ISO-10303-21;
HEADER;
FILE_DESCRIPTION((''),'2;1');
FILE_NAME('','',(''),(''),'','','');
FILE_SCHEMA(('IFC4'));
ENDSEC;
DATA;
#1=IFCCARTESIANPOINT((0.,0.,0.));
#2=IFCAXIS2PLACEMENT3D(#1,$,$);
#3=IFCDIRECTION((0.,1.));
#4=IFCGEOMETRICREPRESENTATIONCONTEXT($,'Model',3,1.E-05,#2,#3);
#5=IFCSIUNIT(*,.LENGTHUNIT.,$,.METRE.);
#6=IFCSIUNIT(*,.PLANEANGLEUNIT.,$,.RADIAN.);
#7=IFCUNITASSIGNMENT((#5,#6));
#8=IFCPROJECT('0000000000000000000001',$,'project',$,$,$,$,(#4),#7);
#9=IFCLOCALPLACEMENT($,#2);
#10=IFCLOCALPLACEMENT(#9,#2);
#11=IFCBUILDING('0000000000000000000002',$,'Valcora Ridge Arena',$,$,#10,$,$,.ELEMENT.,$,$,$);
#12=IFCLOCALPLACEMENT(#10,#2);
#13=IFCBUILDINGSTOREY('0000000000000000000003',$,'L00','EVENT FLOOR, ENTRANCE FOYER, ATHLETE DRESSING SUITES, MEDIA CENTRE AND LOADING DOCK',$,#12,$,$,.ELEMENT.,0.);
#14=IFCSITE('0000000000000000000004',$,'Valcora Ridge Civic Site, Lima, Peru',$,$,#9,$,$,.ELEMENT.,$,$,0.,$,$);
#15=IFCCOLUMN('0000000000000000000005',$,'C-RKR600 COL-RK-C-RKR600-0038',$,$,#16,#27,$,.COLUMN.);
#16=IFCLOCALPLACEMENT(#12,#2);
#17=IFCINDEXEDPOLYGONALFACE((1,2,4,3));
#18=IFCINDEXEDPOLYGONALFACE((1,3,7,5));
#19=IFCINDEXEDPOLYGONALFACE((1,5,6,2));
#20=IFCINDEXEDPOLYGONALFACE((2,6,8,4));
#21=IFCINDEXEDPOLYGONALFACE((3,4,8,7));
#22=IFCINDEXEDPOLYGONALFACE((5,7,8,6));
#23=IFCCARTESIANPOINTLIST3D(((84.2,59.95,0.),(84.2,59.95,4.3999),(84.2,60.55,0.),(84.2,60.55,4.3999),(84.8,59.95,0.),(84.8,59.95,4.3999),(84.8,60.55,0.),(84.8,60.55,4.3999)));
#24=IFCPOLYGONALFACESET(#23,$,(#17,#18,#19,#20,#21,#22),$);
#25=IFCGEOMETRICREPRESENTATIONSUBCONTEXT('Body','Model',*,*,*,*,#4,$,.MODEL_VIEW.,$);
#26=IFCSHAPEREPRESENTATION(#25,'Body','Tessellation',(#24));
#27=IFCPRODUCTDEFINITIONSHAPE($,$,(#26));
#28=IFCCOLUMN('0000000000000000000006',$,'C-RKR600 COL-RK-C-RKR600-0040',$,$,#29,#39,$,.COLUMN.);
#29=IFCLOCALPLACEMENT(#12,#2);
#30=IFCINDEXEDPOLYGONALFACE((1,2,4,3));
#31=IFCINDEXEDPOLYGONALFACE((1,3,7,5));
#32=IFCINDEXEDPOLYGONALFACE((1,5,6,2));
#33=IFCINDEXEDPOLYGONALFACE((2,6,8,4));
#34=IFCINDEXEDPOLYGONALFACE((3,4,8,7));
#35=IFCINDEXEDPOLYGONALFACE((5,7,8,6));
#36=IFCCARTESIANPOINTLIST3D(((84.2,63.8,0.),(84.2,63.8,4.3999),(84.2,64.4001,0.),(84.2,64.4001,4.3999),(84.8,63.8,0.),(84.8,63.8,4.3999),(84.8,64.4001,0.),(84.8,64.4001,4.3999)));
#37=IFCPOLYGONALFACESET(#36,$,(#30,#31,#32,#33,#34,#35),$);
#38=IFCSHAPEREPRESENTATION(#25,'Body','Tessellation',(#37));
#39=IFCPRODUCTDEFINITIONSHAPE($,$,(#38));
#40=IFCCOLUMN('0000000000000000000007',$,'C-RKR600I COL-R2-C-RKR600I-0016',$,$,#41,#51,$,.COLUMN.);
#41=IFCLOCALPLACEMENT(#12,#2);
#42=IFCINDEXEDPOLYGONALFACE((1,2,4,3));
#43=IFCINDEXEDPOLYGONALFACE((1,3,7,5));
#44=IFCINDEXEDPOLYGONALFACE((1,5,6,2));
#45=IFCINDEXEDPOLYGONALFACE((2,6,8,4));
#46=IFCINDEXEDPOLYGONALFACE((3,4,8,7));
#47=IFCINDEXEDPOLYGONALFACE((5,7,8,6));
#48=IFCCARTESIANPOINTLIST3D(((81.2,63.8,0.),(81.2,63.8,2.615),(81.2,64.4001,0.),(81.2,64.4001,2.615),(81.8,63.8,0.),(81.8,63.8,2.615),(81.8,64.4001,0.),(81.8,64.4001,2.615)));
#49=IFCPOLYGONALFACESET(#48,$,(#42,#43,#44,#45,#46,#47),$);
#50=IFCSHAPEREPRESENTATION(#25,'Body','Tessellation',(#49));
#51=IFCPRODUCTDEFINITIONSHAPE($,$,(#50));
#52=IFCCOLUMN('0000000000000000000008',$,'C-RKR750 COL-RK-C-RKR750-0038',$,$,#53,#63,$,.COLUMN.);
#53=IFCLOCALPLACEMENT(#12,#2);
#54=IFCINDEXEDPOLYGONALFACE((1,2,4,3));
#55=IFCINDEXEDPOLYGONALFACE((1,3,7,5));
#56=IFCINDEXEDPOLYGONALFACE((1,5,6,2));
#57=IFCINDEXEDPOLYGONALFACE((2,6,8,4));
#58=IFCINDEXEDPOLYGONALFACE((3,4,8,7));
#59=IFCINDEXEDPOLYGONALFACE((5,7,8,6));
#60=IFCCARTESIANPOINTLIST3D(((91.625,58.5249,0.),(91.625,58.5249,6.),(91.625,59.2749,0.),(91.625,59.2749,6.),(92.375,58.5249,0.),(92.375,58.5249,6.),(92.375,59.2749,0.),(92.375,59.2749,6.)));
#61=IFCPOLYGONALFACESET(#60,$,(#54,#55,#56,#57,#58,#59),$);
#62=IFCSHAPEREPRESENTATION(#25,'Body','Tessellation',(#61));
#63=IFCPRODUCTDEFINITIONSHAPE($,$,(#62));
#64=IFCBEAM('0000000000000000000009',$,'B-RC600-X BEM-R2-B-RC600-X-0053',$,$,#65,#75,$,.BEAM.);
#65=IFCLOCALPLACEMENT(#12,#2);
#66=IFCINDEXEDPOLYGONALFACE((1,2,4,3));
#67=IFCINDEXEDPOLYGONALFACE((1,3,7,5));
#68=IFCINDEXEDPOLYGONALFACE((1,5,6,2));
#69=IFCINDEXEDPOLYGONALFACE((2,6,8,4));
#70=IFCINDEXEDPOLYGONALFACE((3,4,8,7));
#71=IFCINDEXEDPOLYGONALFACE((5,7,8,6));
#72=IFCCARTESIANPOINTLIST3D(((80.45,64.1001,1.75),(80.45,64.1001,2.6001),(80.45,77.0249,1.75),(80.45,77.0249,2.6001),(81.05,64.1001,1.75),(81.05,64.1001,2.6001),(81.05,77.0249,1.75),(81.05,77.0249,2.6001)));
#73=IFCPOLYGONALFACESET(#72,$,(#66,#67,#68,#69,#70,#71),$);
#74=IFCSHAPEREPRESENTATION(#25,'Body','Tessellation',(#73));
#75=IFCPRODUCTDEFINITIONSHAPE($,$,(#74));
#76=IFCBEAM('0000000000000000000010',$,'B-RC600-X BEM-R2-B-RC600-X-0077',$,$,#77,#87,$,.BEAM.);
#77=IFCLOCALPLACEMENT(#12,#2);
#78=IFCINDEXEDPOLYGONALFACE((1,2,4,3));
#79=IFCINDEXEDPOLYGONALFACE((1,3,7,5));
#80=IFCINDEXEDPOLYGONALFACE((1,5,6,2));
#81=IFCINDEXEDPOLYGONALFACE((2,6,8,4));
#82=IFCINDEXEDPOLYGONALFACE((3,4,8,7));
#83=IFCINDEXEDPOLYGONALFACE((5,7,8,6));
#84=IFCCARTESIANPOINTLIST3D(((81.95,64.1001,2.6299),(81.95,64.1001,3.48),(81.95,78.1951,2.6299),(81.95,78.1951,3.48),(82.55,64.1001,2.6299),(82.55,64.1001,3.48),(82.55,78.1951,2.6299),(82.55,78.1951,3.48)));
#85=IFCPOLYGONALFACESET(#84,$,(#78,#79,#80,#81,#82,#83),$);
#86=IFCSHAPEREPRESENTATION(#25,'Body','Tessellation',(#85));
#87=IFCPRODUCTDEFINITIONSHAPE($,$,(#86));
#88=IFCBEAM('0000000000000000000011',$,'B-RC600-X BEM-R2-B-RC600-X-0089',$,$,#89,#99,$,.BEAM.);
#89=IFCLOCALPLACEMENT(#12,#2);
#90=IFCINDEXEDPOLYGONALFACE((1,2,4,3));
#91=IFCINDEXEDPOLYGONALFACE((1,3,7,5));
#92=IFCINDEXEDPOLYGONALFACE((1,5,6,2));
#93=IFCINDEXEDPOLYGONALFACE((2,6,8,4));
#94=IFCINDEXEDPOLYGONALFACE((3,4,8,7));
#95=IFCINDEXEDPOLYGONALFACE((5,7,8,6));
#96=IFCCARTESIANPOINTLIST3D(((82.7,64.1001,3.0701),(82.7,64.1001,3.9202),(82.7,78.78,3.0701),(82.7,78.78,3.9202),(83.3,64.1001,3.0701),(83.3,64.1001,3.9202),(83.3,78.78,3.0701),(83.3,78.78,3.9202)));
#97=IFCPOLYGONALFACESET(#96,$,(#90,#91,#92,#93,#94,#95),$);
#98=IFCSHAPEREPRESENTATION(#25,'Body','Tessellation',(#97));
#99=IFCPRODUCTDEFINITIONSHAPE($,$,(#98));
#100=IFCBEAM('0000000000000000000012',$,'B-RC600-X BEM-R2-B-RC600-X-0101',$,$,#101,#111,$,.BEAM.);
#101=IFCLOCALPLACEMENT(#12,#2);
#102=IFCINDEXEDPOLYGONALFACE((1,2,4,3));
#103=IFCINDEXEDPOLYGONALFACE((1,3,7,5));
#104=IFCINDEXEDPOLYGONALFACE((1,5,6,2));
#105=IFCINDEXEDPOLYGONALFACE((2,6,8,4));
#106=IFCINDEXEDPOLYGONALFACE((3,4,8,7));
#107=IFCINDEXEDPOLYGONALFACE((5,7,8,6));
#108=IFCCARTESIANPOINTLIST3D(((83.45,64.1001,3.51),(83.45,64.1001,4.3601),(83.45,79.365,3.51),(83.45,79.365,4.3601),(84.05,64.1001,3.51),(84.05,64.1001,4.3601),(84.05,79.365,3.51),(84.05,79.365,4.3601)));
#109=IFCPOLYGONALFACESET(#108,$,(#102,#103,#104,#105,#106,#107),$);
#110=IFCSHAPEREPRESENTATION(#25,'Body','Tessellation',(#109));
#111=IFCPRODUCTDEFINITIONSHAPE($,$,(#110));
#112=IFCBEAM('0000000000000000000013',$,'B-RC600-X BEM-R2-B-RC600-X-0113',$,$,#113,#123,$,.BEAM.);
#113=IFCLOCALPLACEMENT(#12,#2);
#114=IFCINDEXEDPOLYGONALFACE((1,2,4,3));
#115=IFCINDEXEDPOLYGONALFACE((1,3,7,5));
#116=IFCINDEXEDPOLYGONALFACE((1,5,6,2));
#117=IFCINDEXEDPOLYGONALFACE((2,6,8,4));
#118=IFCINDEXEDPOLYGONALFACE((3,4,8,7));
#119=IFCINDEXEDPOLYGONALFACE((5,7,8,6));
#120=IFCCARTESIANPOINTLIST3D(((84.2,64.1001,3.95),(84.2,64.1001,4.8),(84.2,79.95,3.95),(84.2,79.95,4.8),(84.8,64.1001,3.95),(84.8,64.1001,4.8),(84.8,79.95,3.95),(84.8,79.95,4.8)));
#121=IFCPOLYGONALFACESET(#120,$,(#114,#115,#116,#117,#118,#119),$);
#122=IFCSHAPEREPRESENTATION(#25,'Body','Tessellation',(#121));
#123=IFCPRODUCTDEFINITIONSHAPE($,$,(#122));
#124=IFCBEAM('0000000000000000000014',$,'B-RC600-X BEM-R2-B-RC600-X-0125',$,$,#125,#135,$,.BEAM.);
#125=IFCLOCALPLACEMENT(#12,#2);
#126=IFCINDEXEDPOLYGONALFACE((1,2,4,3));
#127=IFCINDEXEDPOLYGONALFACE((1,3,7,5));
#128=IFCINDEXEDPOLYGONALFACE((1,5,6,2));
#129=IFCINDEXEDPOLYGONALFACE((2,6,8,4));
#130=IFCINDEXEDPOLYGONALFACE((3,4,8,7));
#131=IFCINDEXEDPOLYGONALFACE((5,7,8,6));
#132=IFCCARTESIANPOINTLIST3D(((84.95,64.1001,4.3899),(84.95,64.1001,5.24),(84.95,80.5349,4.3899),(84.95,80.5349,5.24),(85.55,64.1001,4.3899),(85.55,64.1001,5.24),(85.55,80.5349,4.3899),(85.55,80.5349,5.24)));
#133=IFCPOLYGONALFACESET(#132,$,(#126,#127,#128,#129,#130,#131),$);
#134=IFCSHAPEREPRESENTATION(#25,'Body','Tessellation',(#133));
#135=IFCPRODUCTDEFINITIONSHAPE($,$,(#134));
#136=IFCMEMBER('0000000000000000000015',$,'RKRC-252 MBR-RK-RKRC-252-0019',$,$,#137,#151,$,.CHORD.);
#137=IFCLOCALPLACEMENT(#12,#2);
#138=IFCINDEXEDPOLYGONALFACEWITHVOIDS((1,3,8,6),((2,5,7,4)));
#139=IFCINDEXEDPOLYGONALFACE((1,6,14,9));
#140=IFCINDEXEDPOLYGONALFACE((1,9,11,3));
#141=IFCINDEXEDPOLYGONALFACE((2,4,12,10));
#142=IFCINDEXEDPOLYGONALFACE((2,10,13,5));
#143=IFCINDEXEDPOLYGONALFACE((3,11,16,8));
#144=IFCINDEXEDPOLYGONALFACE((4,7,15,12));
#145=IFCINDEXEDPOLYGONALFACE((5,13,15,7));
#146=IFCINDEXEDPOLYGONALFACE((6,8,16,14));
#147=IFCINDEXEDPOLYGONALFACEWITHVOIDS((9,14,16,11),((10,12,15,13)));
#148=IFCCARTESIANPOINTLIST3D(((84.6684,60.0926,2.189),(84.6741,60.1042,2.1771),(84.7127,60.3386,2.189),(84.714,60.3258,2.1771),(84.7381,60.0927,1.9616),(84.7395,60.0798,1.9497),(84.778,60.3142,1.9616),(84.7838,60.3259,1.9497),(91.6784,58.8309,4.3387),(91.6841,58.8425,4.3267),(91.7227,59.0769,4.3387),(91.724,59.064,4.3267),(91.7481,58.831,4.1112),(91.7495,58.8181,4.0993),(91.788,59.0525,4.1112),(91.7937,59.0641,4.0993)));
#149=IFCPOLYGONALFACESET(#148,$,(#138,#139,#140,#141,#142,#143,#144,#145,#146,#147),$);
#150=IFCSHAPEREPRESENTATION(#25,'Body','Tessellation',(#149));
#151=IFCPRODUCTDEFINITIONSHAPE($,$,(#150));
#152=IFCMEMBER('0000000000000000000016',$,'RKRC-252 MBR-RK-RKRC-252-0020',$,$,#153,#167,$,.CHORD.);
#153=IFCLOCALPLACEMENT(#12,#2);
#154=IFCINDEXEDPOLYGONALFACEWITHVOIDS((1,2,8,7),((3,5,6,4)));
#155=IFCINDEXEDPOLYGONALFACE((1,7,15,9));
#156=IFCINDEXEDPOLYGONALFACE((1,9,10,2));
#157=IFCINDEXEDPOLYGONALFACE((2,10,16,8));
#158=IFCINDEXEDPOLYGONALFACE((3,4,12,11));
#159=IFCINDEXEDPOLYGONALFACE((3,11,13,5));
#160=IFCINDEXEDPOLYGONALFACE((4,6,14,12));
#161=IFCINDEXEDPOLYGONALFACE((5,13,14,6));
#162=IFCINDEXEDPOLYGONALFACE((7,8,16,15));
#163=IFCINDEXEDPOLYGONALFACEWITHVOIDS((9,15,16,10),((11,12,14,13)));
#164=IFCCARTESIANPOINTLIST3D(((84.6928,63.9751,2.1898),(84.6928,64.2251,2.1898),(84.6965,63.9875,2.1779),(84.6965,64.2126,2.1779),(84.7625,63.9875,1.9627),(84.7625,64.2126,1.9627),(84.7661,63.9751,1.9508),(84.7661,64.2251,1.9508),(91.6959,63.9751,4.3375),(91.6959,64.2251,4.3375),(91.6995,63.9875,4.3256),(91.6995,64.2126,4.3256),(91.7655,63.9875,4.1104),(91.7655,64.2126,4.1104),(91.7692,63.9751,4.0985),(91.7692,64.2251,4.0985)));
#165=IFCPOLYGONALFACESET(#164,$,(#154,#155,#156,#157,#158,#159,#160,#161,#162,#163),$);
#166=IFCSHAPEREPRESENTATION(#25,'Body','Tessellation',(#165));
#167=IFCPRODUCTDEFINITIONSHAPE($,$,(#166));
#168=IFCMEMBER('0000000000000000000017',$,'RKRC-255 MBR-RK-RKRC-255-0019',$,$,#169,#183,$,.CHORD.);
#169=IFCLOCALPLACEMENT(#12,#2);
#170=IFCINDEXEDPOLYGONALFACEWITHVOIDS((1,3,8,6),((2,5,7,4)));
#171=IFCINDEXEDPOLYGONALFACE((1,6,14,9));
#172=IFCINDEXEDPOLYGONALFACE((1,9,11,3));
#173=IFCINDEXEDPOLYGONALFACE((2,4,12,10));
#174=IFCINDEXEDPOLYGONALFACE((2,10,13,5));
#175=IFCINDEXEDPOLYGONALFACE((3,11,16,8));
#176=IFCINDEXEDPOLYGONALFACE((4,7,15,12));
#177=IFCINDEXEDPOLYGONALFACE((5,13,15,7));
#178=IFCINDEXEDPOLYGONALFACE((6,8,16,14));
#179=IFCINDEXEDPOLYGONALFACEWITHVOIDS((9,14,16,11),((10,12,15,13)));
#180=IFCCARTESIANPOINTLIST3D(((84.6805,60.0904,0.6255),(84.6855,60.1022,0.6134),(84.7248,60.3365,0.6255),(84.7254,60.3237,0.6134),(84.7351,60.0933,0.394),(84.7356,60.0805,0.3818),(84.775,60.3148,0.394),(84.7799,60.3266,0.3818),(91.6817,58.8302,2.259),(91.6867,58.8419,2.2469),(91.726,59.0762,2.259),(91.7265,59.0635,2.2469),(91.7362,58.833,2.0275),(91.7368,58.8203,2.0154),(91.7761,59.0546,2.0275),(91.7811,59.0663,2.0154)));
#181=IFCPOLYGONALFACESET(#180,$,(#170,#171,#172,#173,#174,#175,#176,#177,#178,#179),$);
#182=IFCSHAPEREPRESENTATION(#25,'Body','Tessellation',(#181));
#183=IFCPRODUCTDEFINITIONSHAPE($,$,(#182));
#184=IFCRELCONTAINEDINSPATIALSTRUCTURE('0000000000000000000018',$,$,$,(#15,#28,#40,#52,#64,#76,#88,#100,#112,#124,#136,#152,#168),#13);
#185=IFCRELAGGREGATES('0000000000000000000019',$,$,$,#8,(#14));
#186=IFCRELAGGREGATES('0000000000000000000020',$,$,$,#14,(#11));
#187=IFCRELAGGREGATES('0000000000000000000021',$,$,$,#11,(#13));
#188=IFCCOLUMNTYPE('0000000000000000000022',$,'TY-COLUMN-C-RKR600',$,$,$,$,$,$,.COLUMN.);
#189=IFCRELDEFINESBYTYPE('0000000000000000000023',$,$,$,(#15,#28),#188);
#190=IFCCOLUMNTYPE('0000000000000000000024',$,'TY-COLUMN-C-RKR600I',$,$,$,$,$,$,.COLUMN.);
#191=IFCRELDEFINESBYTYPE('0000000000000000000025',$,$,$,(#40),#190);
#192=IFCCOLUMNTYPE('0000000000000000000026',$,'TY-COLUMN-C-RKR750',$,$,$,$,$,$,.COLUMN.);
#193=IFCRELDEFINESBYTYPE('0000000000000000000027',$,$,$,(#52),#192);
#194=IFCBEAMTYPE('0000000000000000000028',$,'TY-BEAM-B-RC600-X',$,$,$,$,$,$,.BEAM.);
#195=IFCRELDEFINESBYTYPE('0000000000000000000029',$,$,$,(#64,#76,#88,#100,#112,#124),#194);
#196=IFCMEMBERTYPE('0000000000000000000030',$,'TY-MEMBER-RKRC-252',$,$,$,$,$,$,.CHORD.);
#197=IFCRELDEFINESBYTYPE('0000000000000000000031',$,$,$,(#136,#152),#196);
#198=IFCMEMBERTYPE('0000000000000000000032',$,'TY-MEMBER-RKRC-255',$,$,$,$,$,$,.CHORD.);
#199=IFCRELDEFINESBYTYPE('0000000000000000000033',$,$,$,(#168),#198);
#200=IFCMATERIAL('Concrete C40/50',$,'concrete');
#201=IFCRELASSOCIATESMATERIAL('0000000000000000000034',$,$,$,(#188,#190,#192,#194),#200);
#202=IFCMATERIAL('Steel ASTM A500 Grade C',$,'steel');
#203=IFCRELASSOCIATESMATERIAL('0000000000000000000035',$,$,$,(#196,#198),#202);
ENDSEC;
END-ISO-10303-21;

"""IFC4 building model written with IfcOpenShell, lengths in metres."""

from ifc_helpers import new_model, si_unit, direction, frame, origin, origin_2d, place, context, subcontext, project, spatial, rectangle, hollow_rectangle, extrude, material, material_profile, profile_set, type_object, element, save


model = new_model("IFC4")

# Units and contexts
model_context = context("Model", 3, precision=1e-05, world=origin(), true_north=direction((0.0, 1.0)))
body_context = subcontext(model_context, "Body", "Model", "MODEL_VIEW")
ifc_project = project(units=[si_unit("LENGTHUNIT", "METRE"), si_unit("PLANEANGLEUNIT", "RADIAN")], contexts=[model_context])

# Site, building, storey
site_placement = place(None, origin())
site = spatial("IfcSite", under=ifc_project, at=site_placement, Name="Valcora Ridge Civic Site, Lima, Peru", CompositionType="ELEMENT", RefElevation=0.0)
building_placement = place(site_placement, origin())
building = spatial("IfcBuilding", under=site, at=building_placement, Name="Valcora Ridge Arena", CompositionType="ELEMENT")
storey_placement = place(building_placement, origin())
storey = spatial("IfcBuildingStorey", under=building, at=storey_placement, Name="L00", Description="EVENT FLOOR, ENTRANCE FOYER, ATHLETE DRESSING SUITES, MEDIA CENTRE AND LOADING DOCK", CompositionType="ELEMENT", Elevation=0.0)

# Columns
ifc_material_1 = material(Name="Concrete C40/50", Category="concrete")
ifc_material_profile_1 = material_profile(ifc_material_1, rectangle(XDim=0.6001, YDim=0.6001, at=origin_2d()), Name="RC 600x600")
ifc_profile_set_1 = profile_set([ifc_material_profile_1], Name="Concrete C40/50")
column_type_1 = type_object("IfcColumnType", Name="TY-COLUMN-C-RKR600", PredefinedType="COLUMN", material=ifc_profile_set_1)
for number, where, z_axis, x_axis, name in (
    (1, (84.5, 60.25, 0.0), (0.0, 0.0, 1.0), (1.0, 0.0, 0.0), "C-RKR600 COL-RK-C-RKR600-0038"),
    (2, (84.5, 64.1001, 0.0), (0.0, 0.0, 1.0), (1.0, 0.0, 0.0), "C-RKR600 COL-RK-C-RKR600-0040"),
):
    element("IfcColumn", number, at=place(storey_placement, frame(where, z_axis=z_axis, x_axis=x_axis)), inside=storey, type_object=column_type_1, Name=name, PredefinedType="COLUMN", context=body_context, shape_type="SweptSolid", body=[
        extrude(rectangle(XDim=0.6001, YDim=0.6001, at=origin_2d()), origin(), (0.0, 0.0, 1.0), 4.3999),
    ])
ifc_material_profile_2 = material_profile(ifc_material_1, rectangle(XDim=0.6001, YDim=0.6001, at=origin_2d()), Name="RC 600x600")
ifc_profile_set_2 = profile_set([ifc_material_profile_2], Name="Concrete C40/50")
column_type_2 = type_object("IfcColumnType", Name="TY-COLUMN-C-RKR600I", PredefinedType="COLUMN", material=ifc_profile_set_2)
column_1_placement = place(storey_placement, frame((81.5, 64.1001, 0.0), z_axis=(0.0, 0.0, 1.0), x_axis=(1.0, 0.0, 0.0)))
element("IfcColumn", 3, at=column_1_placement, inside=storey, type_object=column_type_2, Name="C-RKR600I COL-R2-C-RKR600I-0016", PredefinedType="COLUMN", context=body_context, shape_type="SweptSolid", body=[
    extrude(rectangle(XDim=0.6001, YDim=0.6001, at=origin_2d()), origin(), (0.0, 0.0, 1.0), 2.615),
])
ifc_material_profile_3 = material_profile(ifc_material_1, rectangle(XDim=0.75, YDim=0.75, at=origin_2d()), Name="RC 750x750")
ifc_profile_set_3 = profile_set([ifc_material_profile_3], Name="Concrete C40/50")
column_type_3 = type_object("IfcColumnType", Name="TY-COLUMN-C-RKR750", PredefinedType="COLUMN", material=ifc_profile_set_3)
column_2_placement = place(storey_placement, frame((92.0, 58.8999, 0.0), z_axis=(0.0, 0.0, 1.0), x_axis=(1.0, 0.0, 0.0)))
element("IfcColumn", 4, at=column_2_placement, inside=storey, type_object=column_type_3, Name="C-RKR750 COL-RK-C-RKR750-0038", PredefinedType="COLUMN", context=body_context, shape_type="SweptSolid", body=[
    extrude(rectangle(XDim=0.75, YDim=0.75, at=origin_2d()), origin(), (0.0, 0.0, 1.0), 6.0),
])

# Beams
ifc_material_profile_4 = material_profile(ifc_material_1, rectangle(XDim=0.6001, YDim=0.8501, at=origin_2d()), Name="RC 600x850")
ifc_profile_set_4 = profile_set([ifc_material_profile_4], Name="Concrete C40/50")
beam_type = type_object("IfcBeamType", Name="TY-BEAM-B-RC600-X", PredefinedType="BEAM", material=ifc_profile_set_4)
beam_1_placement = place(storey_placement, frame((80.75, 64.1001, 2.175), z_axis=(0.0, 1.0, 0.0), x_axis=(-1.0, 0.0, 0.0)))
element("IfcBeam", 5, at=beam_1_placement, inside=storey, type_object=beam_type, Name="B-RC600-X BEM-R2-B-RC600-X-0053", PredefinedType="BEAM", context=body_context, shape_type="SweptSolid", body=[
    extrude(rectangle(XDim=0.6001, YDim=0.8501, at=origin_2d()), origin(), (0.0, 0.0, 1.0), 12.9248),
])
beam_2_placement = place(storey_placement, frame((82.25, 64.1001, 3.0549), z_axis=(0.0, 1.0, 0.0), x_axis=(-1.0, 0.0, 0.0)))
element("IfcBeam", 6, at=beam_2_placement, inside=storey, type_object=beam_type, Name="B-RC600-X BEM-R2-B-RC600-X-0077", PredefinedType="BEAM", context=body_context, shape_type="SweptSolid", body=[
    extrude(rectangle(XDim=0.6001, YDim=0.8501, at=origin_2d()), origin(), (0.0, 0.0, 1.0), 14.095),
])
beam_3_placement = place(storey_placement, frame((83.0, 64.1001, 3.4951), z_axis=(0.0, 1.0, 0.0), x_axis=(-1.0, 0.0, 0.0)))
element("IfcBeam", 7, at=beam_3_placement, inside=storey, type_object=beam_type, Name="B-RC600-X BEM-R2-B-RC600-X-0089", PredefinedType="BEAM", context=body_context, shape_type="SweptSolid", body=[
    extrude(rectangle(XDim=0.6001, YDim=0.8501, at=origin_2d()), origin(), (0.0, 0.0, 1.0), 14.6799),
])
beam_4_placement = place(storey_placement, frame((83.75, 64.1001, 3.9351), z_axis=(0.0, 1.0, 0.0), x_axis=(-1.0, 0.0, 0.0)))
element("IfcBeam", 8, at=beam_4_placement, inside=storey, type_object=beam_type, Name="B-RC600-X BEM-R2-B-RC600-X-0101", PredefinedType="BEAM", context=body_context, shape_type="SweptSolid", body=[
    extrude(rectangle(XDim=0.6001, YDim=0.8501, at=origin_2d()), origin(), (0.0, 0.0, 1.0), 15.2649),
])
beam_5_placement = place(storey_placement, frame((84.5, 64.1001, 4.375), z_axis=(0.0, 1.0, 0.0), x_axis=(-1.0, 0.0, 0.0)))
element("IfcBeam", 9, at=beam_5_placement, inside=storey, type_object=beam_type, Name="B-RC600-X BEM-R2-B-RC600-X-0113", PredefinedType="BEAM", context=body_context, shape_type="SweptSolid", body=[
    extrude(rectangle(XDim=0.6001, YDim=0.8501, at=origin_2d()), origin(), (0.0, 0.0, 1.0), 15.8499),
])
beam_6_placement = place(storey_placement, frame((85.25, 64.1001, 4.8149), z_axis=(0.0, 1.0, 0.0), x_axis=(-1.0, 0.0, 0.0)))
element("IfcBeam", 10, at=beam_6_placement, inside=storey, type_object=beam_type, Name="B-RC600-X BEM-R2-B-RC600-X-0125", PredefinedType="BEAM", context=body_context, shape_type="SweptSolid", body=[
    extrude(rectangle(XDim=0.6001, YDim=0.8501, at=origin_2d()), origin(), (0.0, 0.0, 1.0), 16.4348),
])

# Members
ifc_material_2 = material(Name="Steel ASTM A500 Grade C", Category="steel")
ifc_material_profile_5 = material_profile(ifc_material_2, hollow_rectangle(XDim=0.25, YDim=0.25, WallThickness=0.0125, at=origin_2d()), Name="HSS250X250X12")
ifc_profile_set_5 = profile_set([ifc_material_profile_5], Name="Steel ASTM A500 Grade C")
member_type_1 = type_object("IfcMemberType", Name="TY-MEMBER-RKRC-252", PredefinedType="CHORD", material=ifc_profile_set_5)
member_1_placement = place(storey_placement, frame((84.7261, 60.2092, 2.0693), z_axis=(0.942209, -0.169586, 0.288934), x_axis=(0.177142, 0.984185, 0.0)))
element("IfcMember", 11, at=member_1_placement, inside=storey, type_object=member_type_1, Name="RKRC-252 MBR-RK-RKRC-252-0019", PredefinedType="CHORD", context=body_context, shape_type="SweptSolid", body=[
    extrude(hollow_rectangle(XDim=0.25, YDim=0.25, WallThickness=0.0125, at=origin_2d()), origin(), (0.0, 0.0, 1.0), 7.4399),
])
member_2_placement = place(storey_placement, frame((84.7295, 64.1001, 2.0703), z_axis=(0.956049, 0.0, 0.293207), x_axis=(0.0, 1.0, 0.0)))
element("IfcMember", 12, at=member_2_placement, inside=storey, type_object=member_type_1, Name="RKRC-252 MBR-RK-RKRC-252-0020", PredefinedType="CHORD", context=body_context, shape_type="SweptSolid", body=[
    extrude(hollow_rectangle(XDim=0.25, YDim=0.25, WallThickness=0.0125, at=origin_2d()), origin(), (0.0, 0.0, 1.0), 7.325),
])
ifc_material_profile_6 = material_profile(ifc_material_2, hollow_rectangle(XDim=0.25, YDim=0.25, WallThickness=0.0125, at=origin_2d()), Name="HSS250X250X12")
ifc_profile_set_6 = profile_set([ifc_material_profile_6], Name="Steel ASTM A500 Grade C")
member_type_2 = type_object("IfcMemberType", Name="TY-MEMBER-RKRC-255", PredefinedType="CHORD", material=ifc_profile_set_6)
member_3_placement = place(storey_placement, frame((84.7302, 60.2085, 0.5037), z_axis=(0.959217, -0.172664, 0.223807), x_axis=(0.177158, 0.984182, 0.0)))
element("IfcMember", 13, at=member_3_placement, inside=storey, type_object=member_type_2, Name="RKRC-255 MBR-RK-RKRC-255-0019", PredefinedType="CHORD", context=body_context, shape_type="SweptSolid", body=[
    extrude(hollow_rectangle(XDim=0.25, YDim=0.25, WallThickness=0.0125, at=origin_2d()), origin(), (0.0, 0.0, 1.0), 7.2988),
])

save(model, "model.ifc")
